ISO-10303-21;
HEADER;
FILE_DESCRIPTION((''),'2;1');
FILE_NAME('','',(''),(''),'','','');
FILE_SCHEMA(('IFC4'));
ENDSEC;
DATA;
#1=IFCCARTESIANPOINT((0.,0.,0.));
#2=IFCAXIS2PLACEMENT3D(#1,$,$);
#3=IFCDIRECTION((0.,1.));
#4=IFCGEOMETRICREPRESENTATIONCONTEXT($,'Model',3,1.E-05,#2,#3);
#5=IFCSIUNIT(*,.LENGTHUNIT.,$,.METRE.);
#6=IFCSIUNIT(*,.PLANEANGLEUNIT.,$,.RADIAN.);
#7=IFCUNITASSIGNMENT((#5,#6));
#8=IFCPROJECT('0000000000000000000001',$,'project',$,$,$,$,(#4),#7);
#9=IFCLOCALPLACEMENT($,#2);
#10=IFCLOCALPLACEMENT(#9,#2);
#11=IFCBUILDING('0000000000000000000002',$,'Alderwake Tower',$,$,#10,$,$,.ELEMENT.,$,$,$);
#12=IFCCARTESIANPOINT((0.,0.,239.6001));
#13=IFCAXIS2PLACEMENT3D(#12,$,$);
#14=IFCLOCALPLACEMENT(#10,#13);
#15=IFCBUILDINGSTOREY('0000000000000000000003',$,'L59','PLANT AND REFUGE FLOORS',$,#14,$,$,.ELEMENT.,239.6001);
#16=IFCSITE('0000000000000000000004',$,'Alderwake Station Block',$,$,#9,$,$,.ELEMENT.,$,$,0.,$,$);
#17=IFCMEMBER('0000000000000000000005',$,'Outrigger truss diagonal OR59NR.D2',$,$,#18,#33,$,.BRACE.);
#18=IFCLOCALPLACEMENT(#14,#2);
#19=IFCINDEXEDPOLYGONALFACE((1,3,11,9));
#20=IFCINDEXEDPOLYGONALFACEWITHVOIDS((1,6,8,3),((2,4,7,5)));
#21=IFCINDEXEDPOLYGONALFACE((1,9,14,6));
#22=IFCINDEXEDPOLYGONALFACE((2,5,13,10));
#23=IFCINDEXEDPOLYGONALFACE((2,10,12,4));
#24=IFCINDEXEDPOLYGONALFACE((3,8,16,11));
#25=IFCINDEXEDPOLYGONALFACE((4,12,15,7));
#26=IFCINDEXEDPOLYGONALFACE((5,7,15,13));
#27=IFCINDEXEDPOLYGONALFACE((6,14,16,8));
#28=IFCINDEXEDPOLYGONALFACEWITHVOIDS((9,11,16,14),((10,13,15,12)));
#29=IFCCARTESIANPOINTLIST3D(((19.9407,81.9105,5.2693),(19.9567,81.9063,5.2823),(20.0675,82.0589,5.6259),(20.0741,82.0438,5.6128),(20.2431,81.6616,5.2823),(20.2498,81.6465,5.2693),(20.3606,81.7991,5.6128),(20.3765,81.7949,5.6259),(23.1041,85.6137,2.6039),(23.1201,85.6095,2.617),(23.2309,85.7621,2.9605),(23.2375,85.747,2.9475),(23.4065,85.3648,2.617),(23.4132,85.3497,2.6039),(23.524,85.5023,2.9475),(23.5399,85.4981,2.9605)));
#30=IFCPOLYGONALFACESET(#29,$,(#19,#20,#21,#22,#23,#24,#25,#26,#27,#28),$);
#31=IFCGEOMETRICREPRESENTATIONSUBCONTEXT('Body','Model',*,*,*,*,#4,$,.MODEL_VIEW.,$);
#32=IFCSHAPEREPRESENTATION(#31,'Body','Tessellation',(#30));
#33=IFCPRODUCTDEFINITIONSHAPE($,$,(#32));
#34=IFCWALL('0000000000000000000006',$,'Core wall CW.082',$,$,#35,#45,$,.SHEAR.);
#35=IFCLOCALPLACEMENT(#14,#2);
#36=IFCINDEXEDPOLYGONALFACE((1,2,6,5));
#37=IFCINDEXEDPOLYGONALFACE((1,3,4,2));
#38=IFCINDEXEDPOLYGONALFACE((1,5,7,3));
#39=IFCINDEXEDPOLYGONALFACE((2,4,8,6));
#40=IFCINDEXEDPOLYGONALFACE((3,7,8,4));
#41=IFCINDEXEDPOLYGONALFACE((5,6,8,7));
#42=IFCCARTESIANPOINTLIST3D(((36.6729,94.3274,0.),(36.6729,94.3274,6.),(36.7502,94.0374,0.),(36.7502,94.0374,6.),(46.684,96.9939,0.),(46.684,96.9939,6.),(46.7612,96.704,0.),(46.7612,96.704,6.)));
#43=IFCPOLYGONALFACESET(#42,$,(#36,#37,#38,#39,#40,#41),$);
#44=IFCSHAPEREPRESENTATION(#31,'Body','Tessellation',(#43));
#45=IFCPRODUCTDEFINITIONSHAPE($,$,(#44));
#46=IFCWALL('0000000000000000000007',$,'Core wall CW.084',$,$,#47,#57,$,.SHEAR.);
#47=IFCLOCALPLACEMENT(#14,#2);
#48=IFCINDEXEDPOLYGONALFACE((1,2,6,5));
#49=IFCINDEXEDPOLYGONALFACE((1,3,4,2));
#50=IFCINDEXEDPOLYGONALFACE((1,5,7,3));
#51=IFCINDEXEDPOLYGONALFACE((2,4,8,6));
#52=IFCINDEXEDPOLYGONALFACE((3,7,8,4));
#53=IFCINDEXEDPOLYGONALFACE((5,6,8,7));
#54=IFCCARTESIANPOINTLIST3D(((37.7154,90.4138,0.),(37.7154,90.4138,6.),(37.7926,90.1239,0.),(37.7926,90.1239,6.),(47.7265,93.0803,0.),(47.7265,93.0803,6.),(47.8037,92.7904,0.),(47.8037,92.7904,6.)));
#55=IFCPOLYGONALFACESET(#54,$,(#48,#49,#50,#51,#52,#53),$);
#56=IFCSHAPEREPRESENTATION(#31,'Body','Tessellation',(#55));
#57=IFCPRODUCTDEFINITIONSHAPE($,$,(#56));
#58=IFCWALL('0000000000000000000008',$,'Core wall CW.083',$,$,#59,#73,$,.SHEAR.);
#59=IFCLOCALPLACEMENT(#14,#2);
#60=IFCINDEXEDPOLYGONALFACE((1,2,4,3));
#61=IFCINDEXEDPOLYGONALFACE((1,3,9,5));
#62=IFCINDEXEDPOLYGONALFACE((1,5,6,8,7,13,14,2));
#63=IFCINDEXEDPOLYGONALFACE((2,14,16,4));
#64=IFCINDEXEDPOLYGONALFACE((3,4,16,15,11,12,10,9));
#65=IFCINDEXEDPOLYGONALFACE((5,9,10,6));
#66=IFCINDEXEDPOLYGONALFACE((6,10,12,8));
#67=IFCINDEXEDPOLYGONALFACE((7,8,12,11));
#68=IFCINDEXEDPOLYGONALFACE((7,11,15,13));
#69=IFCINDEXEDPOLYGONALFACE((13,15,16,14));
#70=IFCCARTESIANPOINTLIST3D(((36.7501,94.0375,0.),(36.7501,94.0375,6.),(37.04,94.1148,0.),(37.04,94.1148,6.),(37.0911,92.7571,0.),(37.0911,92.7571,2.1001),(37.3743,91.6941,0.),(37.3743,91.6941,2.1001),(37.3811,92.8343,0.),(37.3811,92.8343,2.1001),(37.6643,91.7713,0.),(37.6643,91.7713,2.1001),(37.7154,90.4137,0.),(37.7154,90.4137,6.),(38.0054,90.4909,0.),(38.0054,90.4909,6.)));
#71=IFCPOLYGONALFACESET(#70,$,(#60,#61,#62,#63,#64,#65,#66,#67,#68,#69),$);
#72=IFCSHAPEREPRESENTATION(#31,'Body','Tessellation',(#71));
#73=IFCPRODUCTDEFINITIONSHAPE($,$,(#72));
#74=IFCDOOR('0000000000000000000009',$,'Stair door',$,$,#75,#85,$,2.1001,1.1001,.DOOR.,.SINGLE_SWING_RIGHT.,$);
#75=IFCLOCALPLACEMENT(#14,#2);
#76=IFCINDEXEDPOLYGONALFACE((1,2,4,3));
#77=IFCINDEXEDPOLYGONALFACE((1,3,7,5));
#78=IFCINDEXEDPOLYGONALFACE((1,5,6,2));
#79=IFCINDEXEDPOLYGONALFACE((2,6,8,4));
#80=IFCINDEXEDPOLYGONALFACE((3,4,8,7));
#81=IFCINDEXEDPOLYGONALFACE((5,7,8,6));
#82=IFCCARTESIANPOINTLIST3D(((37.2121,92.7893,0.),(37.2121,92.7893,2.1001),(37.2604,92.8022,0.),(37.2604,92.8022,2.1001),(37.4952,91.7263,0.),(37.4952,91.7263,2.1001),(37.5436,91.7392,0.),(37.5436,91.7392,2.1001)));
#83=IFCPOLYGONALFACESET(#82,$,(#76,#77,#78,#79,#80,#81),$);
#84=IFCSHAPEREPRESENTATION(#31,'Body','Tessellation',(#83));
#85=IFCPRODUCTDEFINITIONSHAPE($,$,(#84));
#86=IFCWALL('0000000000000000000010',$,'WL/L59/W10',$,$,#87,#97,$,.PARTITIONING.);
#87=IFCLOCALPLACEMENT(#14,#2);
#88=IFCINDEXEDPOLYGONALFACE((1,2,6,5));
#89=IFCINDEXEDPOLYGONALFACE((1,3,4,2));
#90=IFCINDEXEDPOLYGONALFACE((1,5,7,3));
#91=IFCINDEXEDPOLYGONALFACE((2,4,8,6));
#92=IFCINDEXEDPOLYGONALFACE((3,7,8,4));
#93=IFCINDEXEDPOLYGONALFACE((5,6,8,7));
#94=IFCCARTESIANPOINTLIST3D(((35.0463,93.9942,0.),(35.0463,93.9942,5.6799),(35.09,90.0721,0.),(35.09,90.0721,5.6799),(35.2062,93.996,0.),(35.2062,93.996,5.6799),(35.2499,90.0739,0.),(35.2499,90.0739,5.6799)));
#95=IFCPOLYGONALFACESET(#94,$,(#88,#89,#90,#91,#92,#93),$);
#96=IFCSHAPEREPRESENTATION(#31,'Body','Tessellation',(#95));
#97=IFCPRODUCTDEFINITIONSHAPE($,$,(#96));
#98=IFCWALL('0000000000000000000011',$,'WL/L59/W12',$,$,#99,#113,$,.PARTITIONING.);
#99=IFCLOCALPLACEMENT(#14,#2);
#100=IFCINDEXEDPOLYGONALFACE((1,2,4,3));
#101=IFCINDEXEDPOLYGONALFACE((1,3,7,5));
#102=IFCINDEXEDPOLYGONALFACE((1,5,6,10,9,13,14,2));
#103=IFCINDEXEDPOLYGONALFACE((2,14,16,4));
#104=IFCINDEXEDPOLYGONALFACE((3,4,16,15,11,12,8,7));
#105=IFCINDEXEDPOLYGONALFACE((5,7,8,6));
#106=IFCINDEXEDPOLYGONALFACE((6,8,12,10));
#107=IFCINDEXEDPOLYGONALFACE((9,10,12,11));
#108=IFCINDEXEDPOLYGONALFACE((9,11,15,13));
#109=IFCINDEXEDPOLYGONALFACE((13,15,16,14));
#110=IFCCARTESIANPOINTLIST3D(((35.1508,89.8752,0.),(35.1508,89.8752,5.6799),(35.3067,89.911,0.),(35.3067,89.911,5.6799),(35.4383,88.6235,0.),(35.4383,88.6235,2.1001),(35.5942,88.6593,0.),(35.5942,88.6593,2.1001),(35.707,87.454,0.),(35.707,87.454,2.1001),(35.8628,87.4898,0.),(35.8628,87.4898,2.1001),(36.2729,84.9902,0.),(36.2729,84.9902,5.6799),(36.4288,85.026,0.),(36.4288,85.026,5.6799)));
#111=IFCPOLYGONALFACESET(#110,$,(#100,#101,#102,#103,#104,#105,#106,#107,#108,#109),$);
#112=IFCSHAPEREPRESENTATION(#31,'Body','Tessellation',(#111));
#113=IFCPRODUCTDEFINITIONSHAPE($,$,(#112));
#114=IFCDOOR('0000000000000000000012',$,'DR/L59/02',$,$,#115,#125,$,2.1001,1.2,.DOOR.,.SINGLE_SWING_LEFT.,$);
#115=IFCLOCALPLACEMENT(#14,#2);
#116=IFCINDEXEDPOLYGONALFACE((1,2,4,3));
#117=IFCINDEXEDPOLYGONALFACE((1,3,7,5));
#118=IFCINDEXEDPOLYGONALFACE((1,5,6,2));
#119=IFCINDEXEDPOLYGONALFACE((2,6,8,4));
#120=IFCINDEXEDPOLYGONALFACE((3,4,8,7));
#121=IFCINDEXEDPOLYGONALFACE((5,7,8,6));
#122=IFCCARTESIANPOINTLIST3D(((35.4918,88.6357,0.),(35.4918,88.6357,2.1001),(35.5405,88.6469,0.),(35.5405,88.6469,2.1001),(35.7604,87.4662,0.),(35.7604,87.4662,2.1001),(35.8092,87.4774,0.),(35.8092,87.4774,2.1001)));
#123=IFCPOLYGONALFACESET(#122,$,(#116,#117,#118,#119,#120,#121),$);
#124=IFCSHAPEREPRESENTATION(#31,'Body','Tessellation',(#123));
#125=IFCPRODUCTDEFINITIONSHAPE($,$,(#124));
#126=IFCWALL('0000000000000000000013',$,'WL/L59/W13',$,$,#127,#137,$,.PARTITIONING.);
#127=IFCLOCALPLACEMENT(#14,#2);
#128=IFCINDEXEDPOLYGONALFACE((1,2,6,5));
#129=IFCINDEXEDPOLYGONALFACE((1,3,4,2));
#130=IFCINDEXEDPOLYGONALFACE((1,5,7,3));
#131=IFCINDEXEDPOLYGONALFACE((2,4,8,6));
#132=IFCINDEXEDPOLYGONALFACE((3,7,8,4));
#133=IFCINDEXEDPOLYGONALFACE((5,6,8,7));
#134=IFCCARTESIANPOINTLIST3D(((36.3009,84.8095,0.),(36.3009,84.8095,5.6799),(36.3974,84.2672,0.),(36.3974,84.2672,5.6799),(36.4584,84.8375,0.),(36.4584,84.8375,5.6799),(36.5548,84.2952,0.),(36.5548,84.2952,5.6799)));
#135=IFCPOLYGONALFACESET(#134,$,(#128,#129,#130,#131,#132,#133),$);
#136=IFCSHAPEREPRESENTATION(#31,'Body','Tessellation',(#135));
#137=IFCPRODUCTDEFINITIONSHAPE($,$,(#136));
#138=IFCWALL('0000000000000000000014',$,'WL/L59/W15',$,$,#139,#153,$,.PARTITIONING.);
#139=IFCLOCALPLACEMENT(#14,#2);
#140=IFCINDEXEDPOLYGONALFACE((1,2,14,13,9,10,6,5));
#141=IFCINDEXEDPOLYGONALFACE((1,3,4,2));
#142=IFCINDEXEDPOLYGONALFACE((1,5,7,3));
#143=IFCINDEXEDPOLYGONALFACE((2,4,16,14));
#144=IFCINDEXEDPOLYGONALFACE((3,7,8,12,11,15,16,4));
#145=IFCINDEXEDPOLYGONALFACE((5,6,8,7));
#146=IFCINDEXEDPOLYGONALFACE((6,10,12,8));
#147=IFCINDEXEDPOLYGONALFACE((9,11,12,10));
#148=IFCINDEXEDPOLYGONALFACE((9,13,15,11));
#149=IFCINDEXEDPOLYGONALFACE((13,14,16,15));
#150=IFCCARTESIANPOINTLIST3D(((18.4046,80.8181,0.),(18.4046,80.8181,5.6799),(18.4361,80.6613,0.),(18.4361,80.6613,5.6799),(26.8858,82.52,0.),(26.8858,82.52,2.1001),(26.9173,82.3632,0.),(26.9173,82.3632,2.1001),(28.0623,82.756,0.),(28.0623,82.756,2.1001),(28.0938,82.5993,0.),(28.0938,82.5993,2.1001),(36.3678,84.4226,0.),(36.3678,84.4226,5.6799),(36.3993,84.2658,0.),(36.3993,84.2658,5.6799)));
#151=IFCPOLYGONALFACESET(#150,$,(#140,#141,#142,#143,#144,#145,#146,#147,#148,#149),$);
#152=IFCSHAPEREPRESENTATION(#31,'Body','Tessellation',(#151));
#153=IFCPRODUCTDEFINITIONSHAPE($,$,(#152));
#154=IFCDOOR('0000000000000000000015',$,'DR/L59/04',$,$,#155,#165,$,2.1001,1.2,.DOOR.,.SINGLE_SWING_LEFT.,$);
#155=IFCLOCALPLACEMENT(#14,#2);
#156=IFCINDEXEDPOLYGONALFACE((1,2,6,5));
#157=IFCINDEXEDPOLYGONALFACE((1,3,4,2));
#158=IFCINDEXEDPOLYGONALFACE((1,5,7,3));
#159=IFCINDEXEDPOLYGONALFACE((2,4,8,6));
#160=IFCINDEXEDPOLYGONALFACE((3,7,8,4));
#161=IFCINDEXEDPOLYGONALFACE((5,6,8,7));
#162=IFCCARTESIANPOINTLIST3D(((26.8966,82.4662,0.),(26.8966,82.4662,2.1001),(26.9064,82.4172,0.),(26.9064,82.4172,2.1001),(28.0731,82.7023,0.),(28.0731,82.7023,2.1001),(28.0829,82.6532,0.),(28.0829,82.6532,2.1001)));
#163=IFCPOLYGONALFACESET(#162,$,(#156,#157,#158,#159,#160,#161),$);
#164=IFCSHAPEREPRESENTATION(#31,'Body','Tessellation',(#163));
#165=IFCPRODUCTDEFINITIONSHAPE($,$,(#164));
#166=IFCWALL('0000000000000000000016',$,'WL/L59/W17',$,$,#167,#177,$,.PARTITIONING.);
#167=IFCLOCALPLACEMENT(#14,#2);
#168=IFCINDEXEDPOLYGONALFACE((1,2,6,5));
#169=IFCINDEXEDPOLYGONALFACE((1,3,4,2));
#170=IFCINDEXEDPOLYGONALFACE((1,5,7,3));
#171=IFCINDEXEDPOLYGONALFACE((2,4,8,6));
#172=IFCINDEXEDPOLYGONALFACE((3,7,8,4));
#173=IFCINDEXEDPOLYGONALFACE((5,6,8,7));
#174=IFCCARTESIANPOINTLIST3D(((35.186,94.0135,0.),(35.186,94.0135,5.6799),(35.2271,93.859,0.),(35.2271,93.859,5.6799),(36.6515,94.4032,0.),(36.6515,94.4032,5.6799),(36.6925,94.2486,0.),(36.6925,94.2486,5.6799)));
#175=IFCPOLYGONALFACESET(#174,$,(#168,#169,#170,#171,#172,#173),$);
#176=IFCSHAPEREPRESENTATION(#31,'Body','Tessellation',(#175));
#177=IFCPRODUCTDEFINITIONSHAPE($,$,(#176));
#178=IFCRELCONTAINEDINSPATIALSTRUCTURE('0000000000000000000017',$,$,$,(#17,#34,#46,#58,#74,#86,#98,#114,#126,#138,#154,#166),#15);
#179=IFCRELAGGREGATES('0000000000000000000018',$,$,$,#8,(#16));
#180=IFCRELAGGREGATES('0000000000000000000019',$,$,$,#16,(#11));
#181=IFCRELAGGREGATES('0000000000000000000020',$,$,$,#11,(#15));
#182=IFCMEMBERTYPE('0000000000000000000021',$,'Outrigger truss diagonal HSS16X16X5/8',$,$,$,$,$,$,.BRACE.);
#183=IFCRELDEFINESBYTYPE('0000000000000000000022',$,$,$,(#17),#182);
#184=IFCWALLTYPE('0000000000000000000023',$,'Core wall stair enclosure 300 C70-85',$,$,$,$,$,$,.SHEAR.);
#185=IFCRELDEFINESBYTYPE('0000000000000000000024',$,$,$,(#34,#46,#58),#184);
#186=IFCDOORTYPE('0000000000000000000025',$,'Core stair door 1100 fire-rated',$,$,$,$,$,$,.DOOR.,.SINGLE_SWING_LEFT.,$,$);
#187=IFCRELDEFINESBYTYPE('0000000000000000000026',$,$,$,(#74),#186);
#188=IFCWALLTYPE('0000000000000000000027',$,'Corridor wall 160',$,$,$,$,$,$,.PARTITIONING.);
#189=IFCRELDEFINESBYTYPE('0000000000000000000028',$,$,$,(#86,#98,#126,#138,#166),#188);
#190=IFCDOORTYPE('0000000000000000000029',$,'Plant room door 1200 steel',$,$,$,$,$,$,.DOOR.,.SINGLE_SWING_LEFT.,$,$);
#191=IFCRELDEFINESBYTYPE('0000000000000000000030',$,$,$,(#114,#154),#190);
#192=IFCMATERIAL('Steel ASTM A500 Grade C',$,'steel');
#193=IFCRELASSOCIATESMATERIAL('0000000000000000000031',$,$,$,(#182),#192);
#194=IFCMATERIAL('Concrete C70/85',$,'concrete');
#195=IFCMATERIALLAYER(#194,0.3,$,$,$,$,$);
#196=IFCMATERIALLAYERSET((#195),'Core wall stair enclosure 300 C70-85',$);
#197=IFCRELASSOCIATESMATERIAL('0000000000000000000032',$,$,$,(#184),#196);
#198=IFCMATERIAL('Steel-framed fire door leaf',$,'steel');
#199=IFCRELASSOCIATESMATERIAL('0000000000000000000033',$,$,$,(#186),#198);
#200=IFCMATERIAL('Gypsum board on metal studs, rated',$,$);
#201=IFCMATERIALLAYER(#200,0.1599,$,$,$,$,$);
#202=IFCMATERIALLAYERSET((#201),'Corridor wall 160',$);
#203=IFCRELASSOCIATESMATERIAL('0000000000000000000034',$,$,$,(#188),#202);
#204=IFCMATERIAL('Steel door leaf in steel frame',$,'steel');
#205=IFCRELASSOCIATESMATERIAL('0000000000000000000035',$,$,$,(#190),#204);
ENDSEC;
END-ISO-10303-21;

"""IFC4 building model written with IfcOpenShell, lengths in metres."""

from ifc_helpers import new_model, si_unit, direction, frame, frame_2d, origin, origin_2d, place, context, subcontext, project, spatial, rectangle, hollow_rectangle, extrude, material, layer, layer_set, material_profile, profile_set, type_object, element, fill, save


model = new_model("IFC4")

# Units and contexts
model_context = context("Model", 3, precision=1e-05, world=origin(), true_north=direction((0.0, 1.0)))
body_context = subcontext(model_context, "Body", "Model", "MODEL_VIEW")
ifc_project = project(units=[si_unit("LENGTHUNIT", "METRE"), si_unit("PLANEANGLEUNIT", "RADIAN")], contexts=[model_context])

# Site, building, storey
site_placement = place(None, origin())
site = spatial("IfcSite", under=ifc_project, at=site_placement, Name="Alderwake Station Block", CompositionType="ELEMENT", RefElevation=0.0)
building_placement = place(site_placement, origin())
building = spatial("IfcBuilding", under=site, at=building_placement, Name="Alderwake Tower", CompositionType="ELEMENT")
storey_placement = place(building_placement, frame((0.0, 0.0, 239.6001)))
storey = spatial("IfcBuildingStorey", under=building, at=storey_placement, Name="L59", Description="PLANT AND REFUGE FLOORS", CompositionType="ELEMENT", Elevation=239.6001)

# Member
ifc_material_1 = material(Name="Steel ASTM A500 Grade C", Category="steel")
ifc_material_profile_1 = material_profile(ifc_material_1, hollow_rectangle(XDim=0.4065, YDim=0.4065, WallThickness=0.0149, at=origin_2d()), Name="HSS16X16X5/8")
ifc_profile_set_1 = profile_set([ifc_material_profile_1], Name="Steel ASTM A500 Grade C")
member_type_1 = type_object("IfcMemberType", Name="Outrigger truss diagonal HSS16X16X5/8", PredefinedType="BRACE", material=ifc_profile_set_1)
member_1_placement = place(storey_placement, frame((23.322, 85.5559, 2.7822), z_axis=(-0.569775, -0.667002, 0.480067), x_axis=(0.760349, -0.649515, 0.0)))
element("IfcMember", 1, at=member_1_placement, inside=storey, type_object=member_type_1, Name="Outrigger truss diagonal OR59NR.D2", PredefinedType="BRACE", context=body_context, shape_type="SweptSolid", body=[
    extrude(hollow_rectangle(XDim=0.4065, YDim=0.4065, WallThickness=0.0149, at=origin_2d()), origin(), (0.0, 0.0, 1.0), 5.552),
])

# Walls
ifc_material_2 = material(Name="Concrete C70/85", Category="concrete")
ifc_layer_1 = layer(ifc_material_2, 0.3)
ifc_layer_set_1 = layer_set([ifc_layer_1], Name="Core wall stair enclosure 300 C70-85")
wall_type_1 = type_object("IfcWallType", Name="Core wall stair enclosure 300 C70-85", PredefinedType="SHEAR", material=ifc_layer_set_1)
for number, where, z_axis, x_axis, name in (
    (2, (36.7114, 94.1824, 0.0), (0.0, 0.0, 1.0), (0.966309, 0.257384, 0.0), "Core wall CW.082"),
    (3, (37.7539, 90.2688, 0.0), (0.0, 0.0, 1.0), (0.966309, 0.257384, 0.0), "Core wall CW.084"),
):
    element("IfcWall", number, at=place(storey_placement, frame(where, z_axis=z_axis, x_axis=x_axis)), inside=storey, type_object=wall_type_1, Name=name, PredefinedType="SHEAR", context=body_context, shape_type="SweptSolid", body=[
        extrude(rectangle(XDim=10.3601, YDim=0.3, at=frame_2d((5.1802, 0.0))), origin(), (0.0, 0.0, 1.0), 6.0),
    ])

# Wall, opening, door
wall_1_placement = place(storey_placement, frame((37.8604, 90.4524, 0.0), z_axis=(0.0, 0.0, 1.0), x_axis=(-0.257411, 0.966302, 0.0)))
wall_1 = element("IfcWall", 4, at=wall_1_placement, inside=storey, type_object=wall_type_1, Name="Core wall CW.083", PredefinedType="SHEAR", context=body_context, shape_type="SweptSolid", body=[
    extrude(rectangle(XDim=3.7502, YDim=0.3, at=frame_2d((1.875, 0.0))), origin(), (0.0, 0.0, 1.0), 6.0),
])
opening_1_placement = place(wall_1_placement, frame((1.325, 0.0, 0.0)))
opening_1 = element("IfcOpeningElement", 5, at=opening_1_placement, cuts=wall_1, PredefinedType="OPENING", context=body_context, shape_type="SweptSolid", body=[
    extrude(rectangle(XDim=1.1001, YDim=2.1001, at=frame_2d((0.55, 1.05))), frame((0.0, 0.1599, 0.0), z_axis=(0.0, -1.0, 0.0), x_axis=(1.0, 0.0, 0.0)), (0.0, 0.0, 1.0), 0.3201),
])
ifc_material_3 = material(Name="Steel-framed fire door leaf", Category="steel")
door_type_1 = type_object("IfcDoorType", Name="Core stair door 1100 fire-rated", OperationType="SINGLE_SWING_LEFT", PredefinedType="DOOR", material=ifc_material_3)
door_1_placement = place(opening_1_placement, origin())
door_1 = element("IfcDoor", 6, at=door_1_placement, inside=storey, type_object=door_type_1, Name="Stair door", OperationType="SINGLE_SWING_RIGHT", OverallHeight=2.1001, OverallWidth=1.1001, PredefinedType="DOOR", context=body_context, shape_type="SweptSolid", body=[
    extrude(rectangle(XDim=1.1001, YDim=2.1001, at=frame_2d((0.55, 1.05))), frame((0.0, 0.0249, 0.0), z_axis=(0.0, -1.0, 0.0), x_axis=(1.0, 0.0, 0.0)), (0.0, 0.0, 1.0), 0.05),
])
fill(opening_1, door_1)

# Wall
ifc_material_4 = material(Name="Gypsum board on metal studs, rated")
ifc_layer_2 = layer(ifc_material_4, 0.1599)
ifc_layer_set_2 = layer_set([ifc_layer_2], Name="Corridor wall 160")
wall_type_2 = type_object("IfcWallType", Name="Corridor wall 160", PredefinedType="PARTITIONING", material=ifc_layer_set_2)
wall_2_placement = place(storey_placement, frame((35.1262, 93.9951, 0.0), z_axis=(0.0, 0.0, 1.0), x_axis=(0.011142, -0.999938, 0.0)))
element("IfcWall", 7, at=wall_2_placement, inside=storey, type_object=wall_type_2, Name="WL/L59/W10", PredefinedType="PARTITIONING", context=body_context, shape_type="SweptSolid", body=[
    extrude(rectangle(XDim=3.9224, YDim=0.1599, at=frame_2d((1.9612, 0.0))), origin(), (0.0, 0.0, 1.0), 5.6799),
])

# Wall, opening, door
wall_3_placement = place(storey_placement, frame((35.2288, 89.8931, 0.0), z_axis=(0.0, 0.0, 1.0), x_axis=(0.223867, -0.97462, 0.0)))
wall_3 = element("IfcWall", 8, at=wall_3_placement, inside=storey, type_object=wall_type_2, Name="WL/L59/W12", PredefinedType="PARTITIONING", context=body_context, shape_type="SweptSolid", body=[
    extrude(rectangle(XDim=5.0122, YDim=0.1599, at=frame_2d((2.5061, 0.0))), origin(), (0.0, 0.0, 1.0), 5.6799),
])
opening_2_placement = place(wall_3_placement, frame((1.2842, 0.0, 0.0)))
opening_2 = element("IfcOpeningElement", 9, at=opening_2_placement, cuts=wall_3, PredefinedType="OPENING", context=body_context, shape_type="SweptSolid", body=[
    extrude(rectangle(XDim=1.2, YDim=2.1001, at=frame_2d((0.6001, 1.05))), frame((0.0, 0.0898, 0.0), z_axis=(0.0, -1.0, 0.0), x_axis=(1.0, 0.0, 0.0)), (0.0, 0.0, 1.0), 0.1799),
])
ifc_material_5 = material(Name="Steel door leaf in steel frame", Category="steel")
door_type_2 = type_object("IfcDoorType", Name="Plant room door 1200 steel", OperationType="SINGLE_SWING_LEFT", PredefinedType="DOOR", material=ifc_material_5)
door_2_placement = place(opening_2_placement, origin())
door_2 = element("IfcDoor", 10, at=door_2_placement, inside=storey, type_object=door_type_2, Name="DR/L59/02", OperationType="SINGLE_SWING_LEFT", OverallHeight=2.1001, OverallWidth=1.2, PredefinedType="DOOR", context=body_context, shape_type="SweptSolid", body=[
    extrude(rectangle(XDim=1.2, YDim=2.1001, at=frame_2d((0.6001, 1.05))), frame((0.0, 0.0249, 0.0), z_axis=(0.0, -1.0, 0.0), x_axis=(1.0, 0.0, 0.0)), (0.0, 0.0, 1.0), 0.05),
])
fill(opening_2, door_2)

# Wall
wall_4_placement = place(storey_placement, frame((36.3796, 84.8235, 0.0), z_axis=(0.0, 0.0, 1.0), x_axis=(0.1751, -0.984551, 0.0)))
element("IfcWall", 11, at=wall_4_placement, inside=storey, type_object=wall_type_2, Name="WL/L59/W13", PredefinedType="PARTITIONING", context=body_context, shape_type="SweptSolid", body=[
    extrude(rectangle(XDim=0.5508, YDim=0.1599, at=frame_2d((0.2754, 0.0))), origin(), (0.0, 0.0, 1.0), 5.6799),
])

# Wall, opening, door
wall_5_placement = place(storey_placement, frame((36.3835, 84.3442, 0.0), z_axis=(0.0, 0.0, 1.0), x_axis=(-0.980456, -0.196739, 0.0)))
wall_5 = element("IfcWall", 12, at=wall_5_placement, inside=storey, type_object=wall_type_2, Name="WL/L59/W15", PredefinedType="PARTITIONING", context=body_context, shape_type="SweptSolid", body=[
    extrude(rectangle(XDim=18.3213, YDim=0.1599, at=frame_2d((9.1606, 0.0))), origin(), (0.0, 0.0, 1.0), 5.6799),
])
opening_3_placement = place(wall_5_placement, frame((8.4709, 0.0, 0.0)))
opening_3 = element("IfcOpeningElement", 13, at=opening_3_placement, cuts=wall_5, PredefinedType="OPENING", context=body_context, shape_type="SweptSolid", body=[
    extrude(rectangle(XDim=1.2, YDim=2.1001, at=frame_2d((0.6001, 1.05))), frame((0.0, 0.0898, 0.0), z_axis=(0.0, -1.0, 0.0), x_axis=(1.0, 0.0, 0.0)), (0.0, 0.0, 1.0), 0.1799),
])
door_3_placement = place(opening_3_placement, origin())
door_3 = element("IfcDoor", 14, at=door_3_placement, inside=storey, type_object=door_type_2, Name="DR/L59/04", OperationType="SINGLE_SWING_LEFT", OverallHeight=2.1001, OverallWidth=1.2, PredefinedType="DOOR", context=body_context, shape_type="SweptSolid", body=[
    extrude(rectangle(XDim=1.2, YDim=2.1001, at=frame_2d((0.6001, 1.05))), frame((0.0, 0.0249, 0.0), z_axis=(0.0, -1.0, 0.0), x_axis=(1.0, 0.0, 0.0)), (0.0, 0.0, 1.0), 0.05),
])
fill(opening_3, door_3)

# Wall
wall_6_placement = place(storey_placement, frame((36.6721, 94.3259, 0.0), z_axis=(0.0, 0.0, 1.0), x_axis=(-0.966416, -0.256981, 0.0)))
element("IfcWall", 15, at=wall_6_placement, inside=storey, type_object=wall_type_2, Name="WL/L59/W17", PredefinedType="PARTITIONING", context=body_context, shape_type="SweptSolid", body=[
    extrude(rectangle(XDim=1.5164, YDim=0.1599, at=frame_2d((0.7583, 0.0))), origin(), (0.0, 0.0, 1.0), 5.6799),
])

save(model, "model.ifc")
